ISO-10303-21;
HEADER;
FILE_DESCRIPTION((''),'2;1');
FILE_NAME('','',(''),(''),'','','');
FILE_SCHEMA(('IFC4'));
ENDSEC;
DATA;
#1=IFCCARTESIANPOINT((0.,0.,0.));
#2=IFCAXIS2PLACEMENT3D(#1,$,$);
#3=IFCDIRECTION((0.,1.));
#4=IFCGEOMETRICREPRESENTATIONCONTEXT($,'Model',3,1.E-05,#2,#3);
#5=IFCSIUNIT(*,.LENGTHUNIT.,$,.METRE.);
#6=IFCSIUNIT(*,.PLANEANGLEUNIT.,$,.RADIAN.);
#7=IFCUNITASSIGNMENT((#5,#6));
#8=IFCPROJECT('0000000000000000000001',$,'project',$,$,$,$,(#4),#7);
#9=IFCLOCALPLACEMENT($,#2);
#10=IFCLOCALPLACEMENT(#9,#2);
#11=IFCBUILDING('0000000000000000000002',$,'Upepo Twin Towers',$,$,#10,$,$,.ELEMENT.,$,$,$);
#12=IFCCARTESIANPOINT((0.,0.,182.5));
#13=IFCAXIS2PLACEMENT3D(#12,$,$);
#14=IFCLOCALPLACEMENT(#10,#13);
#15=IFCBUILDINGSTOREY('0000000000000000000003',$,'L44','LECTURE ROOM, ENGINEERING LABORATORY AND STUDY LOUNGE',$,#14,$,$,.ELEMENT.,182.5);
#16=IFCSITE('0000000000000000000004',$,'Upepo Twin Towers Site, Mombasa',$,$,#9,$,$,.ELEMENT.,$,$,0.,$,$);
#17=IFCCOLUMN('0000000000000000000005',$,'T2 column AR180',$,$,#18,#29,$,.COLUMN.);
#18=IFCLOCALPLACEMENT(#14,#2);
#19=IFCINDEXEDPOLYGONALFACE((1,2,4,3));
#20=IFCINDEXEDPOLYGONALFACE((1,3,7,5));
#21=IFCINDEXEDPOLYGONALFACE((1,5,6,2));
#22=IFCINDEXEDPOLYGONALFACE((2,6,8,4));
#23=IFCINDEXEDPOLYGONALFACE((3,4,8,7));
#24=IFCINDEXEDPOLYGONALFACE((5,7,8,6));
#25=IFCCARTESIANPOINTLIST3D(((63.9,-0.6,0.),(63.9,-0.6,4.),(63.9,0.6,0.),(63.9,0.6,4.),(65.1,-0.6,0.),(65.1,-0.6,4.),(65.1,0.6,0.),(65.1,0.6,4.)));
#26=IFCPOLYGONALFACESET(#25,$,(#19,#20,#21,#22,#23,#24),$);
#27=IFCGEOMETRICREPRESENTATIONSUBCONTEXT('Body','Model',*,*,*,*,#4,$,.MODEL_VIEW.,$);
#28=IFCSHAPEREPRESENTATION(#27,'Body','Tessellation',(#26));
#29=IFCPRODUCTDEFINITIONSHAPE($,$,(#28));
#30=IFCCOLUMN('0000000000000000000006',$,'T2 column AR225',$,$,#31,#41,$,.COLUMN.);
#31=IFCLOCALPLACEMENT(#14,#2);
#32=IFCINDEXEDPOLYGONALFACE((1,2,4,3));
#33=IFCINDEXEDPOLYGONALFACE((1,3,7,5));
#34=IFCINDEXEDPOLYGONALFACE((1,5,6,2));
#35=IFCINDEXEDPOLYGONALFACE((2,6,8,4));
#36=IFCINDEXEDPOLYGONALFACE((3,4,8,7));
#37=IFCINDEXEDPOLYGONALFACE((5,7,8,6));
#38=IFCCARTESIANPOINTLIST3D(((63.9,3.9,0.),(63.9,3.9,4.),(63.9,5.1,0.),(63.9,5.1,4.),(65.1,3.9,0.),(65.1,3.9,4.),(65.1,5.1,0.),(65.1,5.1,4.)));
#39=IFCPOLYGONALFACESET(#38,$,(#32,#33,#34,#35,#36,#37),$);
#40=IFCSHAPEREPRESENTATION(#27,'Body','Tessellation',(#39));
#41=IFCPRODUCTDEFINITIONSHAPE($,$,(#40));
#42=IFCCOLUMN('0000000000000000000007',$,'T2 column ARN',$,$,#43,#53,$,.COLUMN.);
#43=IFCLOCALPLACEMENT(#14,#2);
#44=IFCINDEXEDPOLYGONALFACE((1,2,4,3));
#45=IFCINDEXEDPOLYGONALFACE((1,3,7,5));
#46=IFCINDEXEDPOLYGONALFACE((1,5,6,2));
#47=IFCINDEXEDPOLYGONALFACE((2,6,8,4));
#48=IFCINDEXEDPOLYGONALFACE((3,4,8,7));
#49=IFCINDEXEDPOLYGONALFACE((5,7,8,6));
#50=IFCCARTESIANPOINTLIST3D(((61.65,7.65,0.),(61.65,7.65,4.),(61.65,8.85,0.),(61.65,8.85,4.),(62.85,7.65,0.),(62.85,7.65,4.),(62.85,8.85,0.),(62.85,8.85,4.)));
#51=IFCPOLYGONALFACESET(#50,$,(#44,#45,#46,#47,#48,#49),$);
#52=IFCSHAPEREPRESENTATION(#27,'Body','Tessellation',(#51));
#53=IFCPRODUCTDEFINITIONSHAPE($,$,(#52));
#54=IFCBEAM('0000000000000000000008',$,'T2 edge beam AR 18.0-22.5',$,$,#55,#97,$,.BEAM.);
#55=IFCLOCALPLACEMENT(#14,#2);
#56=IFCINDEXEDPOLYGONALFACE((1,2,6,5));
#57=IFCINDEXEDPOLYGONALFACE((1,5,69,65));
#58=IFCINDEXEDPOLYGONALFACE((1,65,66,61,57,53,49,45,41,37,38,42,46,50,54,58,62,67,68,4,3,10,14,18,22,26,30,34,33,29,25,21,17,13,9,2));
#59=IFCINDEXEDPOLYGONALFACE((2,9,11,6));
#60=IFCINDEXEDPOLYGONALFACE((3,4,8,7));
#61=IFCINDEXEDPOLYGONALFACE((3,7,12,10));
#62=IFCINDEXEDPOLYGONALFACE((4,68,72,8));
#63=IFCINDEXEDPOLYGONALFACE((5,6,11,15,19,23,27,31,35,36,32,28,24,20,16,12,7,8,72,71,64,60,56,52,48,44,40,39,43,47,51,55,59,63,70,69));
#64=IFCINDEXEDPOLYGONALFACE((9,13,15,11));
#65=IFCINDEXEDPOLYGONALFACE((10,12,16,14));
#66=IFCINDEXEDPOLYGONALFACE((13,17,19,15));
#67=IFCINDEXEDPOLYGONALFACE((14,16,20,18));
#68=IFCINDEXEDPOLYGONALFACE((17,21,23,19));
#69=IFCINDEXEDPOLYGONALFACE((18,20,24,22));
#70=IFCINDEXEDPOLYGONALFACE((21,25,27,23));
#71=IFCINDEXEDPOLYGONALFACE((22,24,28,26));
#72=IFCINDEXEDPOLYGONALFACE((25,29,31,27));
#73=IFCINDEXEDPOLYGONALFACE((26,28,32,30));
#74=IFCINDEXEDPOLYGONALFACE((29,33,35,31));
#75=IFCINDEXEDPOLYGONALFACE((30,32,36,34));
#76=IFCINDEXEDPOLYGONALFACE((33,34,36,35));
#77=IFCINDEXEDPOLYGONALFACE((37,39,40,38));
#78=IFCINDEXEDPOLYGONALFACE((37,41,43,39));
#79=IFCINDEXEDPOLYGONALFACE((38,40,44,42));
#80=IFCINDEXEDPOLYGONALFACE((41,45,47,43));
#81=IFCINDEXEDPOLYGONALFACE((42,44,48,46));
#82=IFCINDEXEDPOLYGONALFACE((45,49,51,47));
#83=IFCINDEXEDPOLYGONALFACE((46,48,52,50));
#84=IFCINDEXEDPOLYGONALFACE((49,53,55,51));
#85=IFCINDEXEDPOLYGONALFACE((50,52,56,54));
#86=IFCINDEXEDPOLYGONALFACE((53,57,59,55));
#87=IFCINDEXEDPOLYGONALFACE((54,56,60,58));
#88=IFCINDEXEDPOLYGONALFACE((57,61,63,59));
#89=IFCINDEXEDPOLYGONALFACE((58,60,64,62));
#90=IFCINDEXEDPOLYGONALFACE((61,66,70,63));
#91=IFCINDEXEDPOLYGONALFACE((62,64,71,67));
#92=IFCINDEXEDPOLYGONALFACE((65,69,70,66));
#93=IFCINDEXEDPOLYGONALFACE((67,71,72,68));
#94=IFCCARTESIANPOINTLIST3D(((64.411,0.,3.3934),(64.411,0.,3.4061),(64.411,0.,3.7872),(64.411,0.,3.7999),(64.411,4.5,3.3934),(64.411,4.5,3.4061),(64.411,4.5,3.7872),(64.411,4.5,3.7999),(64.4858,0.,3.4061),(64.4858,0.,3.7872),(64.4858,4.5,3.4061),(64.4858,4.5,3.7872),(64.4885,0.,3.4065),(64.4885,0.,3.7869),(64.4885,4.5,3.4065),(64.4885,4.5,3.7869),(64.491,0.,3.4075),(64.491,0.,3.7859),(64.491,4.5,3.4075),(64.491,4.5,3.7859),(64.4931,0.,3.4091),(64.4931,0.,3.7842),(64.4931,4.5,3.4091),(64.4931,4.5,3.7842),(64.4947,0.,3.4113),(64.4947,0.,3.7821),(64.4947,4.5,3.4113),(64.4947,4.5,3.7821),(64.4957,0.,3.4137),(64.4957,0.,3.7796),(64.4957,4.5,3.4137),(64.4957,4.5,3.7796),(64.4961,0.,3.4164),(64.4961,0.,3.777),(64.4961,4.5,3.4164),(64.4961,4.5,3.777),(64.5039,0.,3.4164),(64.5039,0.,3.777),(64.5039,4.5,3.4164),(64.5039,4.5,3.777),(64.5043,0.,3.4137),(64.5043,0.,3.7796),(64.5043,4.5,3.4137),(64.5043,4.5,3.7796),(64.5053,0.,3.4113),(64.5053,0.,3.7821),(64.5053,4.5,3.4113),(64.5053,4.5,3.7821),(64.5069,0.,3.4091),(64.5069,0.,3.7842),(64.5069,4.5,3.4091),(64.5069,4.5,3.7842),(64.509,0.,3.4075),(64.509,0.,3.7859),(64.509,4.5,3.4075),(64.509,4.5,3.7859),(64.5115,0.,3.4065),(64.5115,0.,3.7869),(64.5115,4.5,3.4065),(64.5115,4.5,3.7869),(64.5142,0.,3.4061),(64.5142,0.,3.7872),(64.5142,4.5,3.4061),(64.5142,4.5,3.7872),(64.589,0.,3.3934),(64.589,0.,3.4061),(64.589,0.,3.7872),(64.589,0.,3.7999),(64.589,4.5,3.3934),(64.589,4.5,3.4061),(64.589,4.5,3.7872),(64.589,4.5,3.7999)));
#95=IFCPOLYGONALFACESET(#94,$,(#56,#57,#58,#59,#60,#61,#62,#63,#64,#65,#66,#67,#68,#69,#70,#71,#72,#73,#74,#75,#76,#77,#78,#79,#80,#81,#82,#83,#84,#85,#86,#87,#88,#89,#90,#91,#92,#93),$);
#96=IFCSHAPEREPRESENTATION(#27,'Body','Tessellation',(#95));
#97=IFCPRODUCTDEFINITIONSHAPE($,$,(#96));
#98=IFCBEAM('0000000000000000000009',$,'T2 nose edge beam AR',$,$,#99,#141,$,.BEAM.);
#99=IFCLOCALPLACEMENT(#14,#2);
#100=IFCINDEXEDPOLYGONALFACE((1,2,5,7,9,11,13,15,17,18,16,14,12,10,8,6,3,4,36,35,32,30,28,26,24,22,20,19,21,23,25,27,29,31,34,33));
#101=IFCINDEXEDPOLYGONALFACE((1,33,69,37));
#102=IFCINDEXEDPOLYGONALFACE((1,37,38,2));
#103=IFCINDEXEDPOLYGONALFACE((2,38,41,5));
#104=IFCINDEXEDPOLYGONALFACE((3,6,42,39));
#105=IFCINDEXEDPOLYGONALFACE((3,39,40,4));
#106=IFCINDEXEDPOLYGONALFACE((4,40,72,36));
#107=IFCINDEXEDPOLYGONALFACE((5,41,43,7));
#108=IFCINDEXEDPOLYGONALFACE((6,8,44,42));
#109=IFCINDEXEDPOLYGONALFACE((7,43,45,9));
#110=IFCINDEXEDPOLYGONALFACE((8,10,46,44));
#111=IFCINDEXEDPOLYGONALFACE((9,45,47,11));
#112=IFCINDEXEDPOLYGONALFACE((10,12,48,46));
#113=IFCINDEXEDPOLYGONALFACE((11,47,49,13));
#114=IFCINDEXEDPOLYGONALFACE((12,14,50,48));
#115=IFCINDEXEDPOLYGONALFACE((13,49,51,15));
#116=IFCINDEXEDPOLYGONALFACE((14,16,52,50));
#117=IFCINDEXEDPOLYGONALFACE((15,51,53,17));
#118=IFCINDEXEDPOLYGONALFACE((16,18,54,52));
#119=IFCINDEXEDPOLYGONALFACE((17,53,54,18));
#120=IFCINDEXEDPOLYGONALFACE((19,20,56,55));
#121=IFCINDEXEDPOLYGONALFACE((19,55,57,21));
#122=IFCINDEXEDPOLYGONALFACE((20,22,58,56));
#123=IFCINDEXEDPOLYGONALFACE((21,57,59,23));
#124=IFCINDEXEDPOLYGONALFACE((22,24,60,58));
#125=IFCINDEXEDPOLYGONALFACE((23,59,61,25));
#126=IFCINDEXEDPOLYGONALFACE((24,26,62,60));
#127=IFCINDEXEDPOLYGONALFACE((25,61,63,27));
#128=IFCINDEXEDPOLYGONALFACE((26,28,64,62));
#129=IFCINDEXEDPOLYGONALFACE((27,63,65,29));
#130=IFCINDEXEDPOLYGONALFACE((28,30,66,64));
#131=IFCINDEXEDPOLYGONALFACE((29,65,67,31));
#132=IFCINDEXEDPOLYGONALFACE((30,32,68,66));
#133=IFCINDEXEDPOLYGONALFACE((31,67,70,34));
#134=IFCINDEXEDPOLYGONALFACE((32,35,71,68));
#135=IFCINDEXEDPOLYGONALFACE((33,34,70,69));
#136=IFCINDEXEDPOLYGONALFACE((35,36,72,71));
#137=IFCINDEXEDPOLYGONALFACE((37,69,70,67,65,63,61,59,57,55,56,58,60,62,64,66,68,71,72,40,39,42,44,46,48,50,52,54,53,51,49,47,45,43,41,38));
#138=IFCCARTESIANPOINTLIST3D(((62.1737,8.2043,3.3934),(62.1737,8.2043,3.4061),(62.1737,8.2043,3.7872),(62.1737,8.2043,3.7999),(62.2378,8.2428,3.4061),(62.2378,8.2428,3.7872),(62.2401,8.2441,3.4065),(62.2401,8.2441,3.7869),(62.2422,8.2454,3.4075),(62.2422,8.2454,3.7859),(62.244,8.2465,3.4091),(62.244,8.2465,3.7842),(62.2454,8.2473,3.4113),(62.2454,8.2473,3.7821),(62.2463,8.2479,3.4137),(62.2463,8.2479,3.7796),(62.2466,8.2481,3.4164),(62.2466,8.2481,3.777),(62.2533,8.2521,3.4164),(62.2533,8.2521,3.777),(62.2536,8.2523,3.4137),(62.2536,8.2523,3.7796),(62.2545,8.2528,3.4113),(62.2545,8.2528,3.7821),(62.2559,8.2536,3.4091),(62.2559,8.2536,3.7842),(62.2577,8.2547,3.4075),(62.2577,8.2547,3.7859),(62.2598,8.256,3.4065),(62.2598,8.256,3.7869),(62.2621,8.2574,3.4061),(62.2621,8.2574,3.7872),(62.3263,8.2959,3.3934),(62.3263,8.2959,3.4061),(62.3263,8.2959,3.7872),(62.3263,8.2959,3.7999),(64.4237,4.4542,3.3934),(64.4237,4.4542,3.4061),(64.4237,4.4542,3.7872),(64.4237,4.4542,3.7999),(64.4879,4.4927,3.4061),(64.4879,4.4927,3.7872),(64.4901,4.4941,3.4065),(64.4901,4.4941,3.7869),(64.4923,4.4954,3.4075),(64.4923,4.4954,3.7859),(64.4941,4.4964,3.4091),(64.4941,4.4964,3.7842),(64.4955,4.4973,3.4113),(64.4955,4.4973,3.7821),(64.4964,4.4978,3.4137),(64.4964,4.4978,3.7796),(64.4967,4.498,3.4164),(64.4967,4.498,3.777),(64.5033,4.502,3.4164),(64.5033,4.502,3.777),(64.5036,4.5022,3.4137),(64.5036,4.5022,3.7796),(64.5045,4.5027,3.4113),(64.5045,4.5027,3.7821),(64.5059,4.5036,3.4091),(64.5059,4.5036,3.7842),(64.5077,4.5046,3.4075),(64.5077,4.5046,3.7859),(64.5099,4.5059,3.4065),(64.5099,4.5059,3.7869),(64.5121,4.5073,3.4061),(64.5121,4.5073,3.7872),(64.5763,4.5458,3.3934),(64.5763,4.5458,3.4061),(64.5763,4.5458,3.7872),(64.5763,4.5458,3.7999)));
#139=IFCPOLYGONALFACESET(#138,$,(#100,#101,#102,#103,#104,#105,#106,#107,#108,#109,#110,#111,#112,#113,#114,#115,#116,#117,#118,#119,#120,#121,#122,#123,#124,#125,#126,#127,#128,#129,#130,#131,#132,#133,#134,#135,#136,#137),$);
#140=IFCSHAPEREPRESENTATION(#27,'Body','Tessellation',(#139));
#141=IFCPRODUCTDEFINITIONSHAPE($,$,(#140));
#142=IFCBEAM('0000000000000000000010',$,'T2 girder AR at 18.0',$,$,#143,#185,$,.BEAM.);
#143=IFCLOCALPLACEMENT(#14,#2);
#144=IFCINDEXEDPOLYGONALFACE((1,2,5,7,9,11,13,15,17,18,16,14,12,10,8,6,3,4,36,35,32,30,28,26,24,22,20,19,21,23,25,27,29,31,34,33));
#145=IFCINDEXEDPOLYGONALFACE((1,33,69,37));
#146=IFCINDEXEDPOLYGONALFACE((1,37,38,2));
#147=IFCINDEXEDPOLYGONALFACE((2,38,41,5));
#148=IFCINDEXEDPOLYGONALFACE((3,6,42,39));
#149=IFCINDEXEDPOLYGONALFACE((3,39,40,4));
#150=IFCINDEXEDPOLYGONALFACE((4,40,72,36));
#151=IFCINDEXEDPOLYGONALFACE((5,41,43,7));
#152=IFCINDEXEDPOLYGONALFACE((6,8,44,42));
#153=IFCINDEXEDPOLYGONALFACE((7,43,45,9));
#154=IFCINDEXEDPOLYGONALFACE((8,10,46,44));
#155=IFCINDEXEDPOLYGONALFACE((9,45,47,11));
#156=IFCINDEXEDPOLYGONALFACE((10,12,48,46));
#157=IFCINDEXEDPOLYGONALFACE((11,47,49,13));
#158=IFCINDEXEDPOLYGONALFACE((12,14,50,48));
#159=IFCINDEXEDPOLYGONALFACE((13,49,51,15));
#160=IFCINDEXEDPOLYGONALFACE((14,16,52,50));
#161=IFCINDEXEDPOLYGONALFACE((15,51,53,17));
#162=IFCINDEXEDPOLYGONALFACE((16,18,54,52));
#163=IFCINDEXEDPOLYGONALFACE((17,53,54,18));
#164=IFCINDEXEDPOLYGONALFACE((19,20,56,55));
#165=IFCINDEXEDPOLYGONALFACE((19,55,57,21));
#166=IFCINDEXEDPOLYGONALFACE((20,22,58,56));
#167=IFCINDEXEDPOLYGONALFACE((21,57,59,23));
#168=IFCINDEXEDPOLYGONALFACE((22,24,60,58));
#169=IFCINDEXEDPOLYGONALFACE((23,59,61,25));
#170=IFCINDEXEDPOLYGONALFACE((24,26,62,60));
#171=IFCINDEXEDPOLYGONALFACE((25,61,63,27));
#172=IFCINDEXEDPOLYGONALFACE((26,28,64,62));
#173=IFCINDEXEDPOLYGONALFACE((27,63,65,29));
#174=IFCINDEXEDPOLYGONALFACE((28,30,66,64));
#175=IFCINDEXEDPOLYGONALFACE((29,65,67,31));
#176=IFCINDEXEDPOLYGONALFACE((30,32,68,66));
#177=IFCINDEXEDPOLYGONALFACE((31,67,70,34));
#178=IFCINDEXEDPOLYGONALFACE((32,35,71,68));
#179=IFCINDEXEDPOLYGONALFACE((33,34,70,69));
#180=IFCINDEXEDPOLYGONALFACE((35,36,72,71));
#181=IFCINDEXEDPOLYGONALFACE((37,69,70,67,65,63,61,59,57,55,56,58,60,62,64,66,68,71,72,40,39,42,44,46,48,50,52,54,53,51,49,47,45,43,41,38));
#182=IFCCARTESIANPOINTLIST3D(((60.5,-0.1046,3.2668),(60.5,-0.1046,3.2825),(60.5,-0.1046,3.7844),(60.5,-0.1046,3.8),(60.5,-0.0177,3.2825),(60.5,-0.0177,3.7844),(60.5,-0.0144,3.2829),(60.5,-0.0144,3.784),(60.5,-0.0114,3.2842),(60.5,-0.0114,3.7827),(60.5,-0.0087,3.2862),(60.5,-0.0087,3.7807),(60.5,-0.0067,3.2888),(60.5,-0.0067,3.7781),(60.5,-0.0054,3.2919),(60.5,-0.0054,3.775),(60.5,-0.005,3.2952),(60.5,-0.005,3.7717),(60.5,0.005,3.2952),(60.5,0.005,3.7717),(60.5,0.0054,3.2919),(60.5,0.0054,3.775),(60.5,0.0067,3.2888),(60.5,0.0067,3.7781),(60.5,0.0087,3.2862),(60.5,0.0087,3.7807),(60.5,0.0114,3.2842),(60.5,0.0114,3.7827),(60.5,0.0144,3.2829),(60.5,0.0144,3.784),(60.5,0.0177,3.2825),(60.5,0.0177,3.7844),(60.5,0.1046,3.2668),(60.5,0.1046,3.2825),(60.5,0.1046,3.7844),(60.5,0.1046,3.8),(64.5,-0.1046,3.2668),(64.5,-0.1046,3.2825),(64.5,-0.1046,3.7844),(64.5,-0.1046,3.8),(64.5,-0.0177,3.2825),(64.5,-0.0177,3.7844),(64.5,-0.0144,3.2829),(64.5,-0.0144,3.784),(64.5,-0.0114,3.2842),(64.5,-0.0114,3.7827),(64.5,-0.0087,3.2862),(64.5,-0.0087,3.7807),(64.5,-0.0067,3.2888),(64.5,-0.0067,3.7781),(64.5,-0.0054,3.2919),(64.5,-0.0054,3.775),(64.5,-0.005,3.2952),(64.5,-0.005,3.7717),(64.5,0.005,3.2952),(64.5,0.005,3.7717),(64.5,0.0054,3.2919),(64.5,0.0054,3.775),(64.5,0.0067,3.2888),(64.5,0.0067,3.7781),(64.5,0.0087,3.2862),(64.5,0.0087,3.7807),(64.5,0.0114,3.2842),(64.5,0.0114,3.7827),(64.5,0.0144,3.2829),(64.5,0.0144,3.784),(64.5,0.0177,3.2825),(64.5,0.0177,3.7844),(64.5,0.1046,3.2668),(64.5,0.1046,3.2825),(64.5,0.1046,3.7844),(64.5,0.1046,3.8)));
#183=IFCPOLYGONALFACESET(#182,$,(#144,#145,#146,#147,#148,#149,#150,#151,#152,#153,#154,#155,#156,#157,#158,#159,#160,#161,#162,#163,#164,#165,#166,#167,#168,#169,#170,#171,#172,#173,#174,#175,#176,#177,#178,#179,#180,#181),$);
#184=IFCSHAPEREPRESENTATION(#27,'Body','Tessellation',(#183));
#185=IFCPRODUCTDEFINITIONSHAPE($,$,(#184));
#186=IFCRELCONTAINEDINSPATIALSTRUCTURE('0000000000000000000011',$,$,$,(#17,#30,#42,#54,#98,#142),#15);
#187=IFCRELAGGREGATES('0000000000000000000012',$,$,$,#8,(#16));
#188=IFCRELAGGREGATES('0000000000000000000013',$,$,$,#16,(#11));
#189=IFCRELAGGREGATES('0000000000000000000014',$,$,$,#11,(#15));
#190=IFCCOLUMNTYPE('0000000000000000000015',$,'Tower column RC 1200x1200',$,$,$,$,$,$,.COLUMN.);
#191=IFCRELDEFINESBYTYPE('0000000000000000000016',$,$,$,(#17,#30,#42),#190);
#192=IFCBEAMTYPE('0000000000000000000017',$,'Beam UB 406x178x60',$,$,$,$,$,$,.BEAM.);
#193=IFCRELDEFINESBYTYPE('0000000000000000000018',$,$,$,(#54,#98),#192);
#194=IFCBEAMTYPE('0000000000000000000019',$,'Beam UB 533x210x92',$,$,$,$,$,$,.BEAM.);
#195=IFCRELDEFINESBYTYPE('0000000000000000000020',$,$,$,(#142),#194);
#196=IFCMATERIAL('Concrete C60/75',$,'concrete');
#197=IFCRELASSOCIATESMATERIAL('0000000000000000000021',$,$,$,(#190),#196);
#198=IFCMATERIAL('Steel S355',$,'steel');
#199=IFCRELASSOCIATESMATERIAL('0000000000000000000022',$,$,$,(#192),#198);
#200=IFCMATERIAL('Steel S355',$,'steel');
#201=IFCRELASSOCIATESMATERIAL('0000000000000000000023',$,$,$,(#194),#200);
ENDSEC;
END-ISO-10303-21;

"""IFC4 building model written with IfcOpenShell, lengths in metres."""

from ifc_helpers import new_model, si_unit, direction, frame, origin, origin_2d, place, context, subcontext, project, spatial, rectangle, i_section, extrude, material, material_profile, profile_set, type_object, element, save


model = new_model("IFC4")

# Units and contexts
model_context = context("Model", 3, precision=1e-05, world=origin(), true_north=direction((0.0, 1.0)))
body_context = subcontext(model_context, "Body", "Model", "MODEL_VIEW")
ifc_project = project(units=[si_unit("LENGTHUNIT", "METRE"), si_unit("PLANEANGLEUNIT", "RADIAN")], contexts=[model_context])

# Site, building, storey
site_placement = place(None, origin())
site = spatial("IfcSite", under=ifc_project, at=site_placement, Name="Upepo Twin Towers Site, Mombasa", CompositionType="ELEMENT", RefElevation=0.0)
building_placement = place(site_placement, origin())
building = spatial("IfcBuilding", under=site, at=building_placement, Name="Upepo Twin Towers", CompositionType="ELEMENT")
storey_placement = place(building_placement, frame((0.0, 0.0, 182.5)))
storey = spatial("IfcBuildingStorey", under=building, at=storey_placement, Name="L44", Description="LECTURE ROOM, ENGINEERING LABORATORY AND STUDY LOUNGE", CompositionType="ELEMENT", Elevation=182.5)

# Columns
ifc_material_1 = material(Name="Concrete C60/75", Category="concrete")
ifc_material_profile_1 = material_profile(ifc_material_1, rectangle(XDim=1.2, YDim=1.2, at=origin_2d()), Name="RC 1200x1200")
ifc_profile_set_1 = profile_set([ifc_material_profile_1], Name="Concrete C60/75")
column_type = type_object("IfcColumnType", Name="Tower column RC 1200x1200", PredefinedType="COLUMN", material=ifc_profile_set_1)
for number, where, z_axis, x_axis, name in (
    (1, (64.5, 0.0, 0.0), (0.0, 0.0, 1.0), (1.0, 0.0, 0.0), "T2 column AR180"),
    (2, (64.5, 4.5, 0.0), (0.0, 0.0, 1.0), (1.0, 0.0, 0.0), "T2 column AR225"),
    (3, (62.25, 8.25, 0.0), (0.0, 0.0, 1.0), (1.0, 0.0, 0.0), "T2 column ARN"),
):
    element("IfcColumn", number, at=place(storey_placement, frame(where, z_axis=z_axis, x_axis=x_axis)), inside=storey, type_object=column_type, Name=name, PredefinedType="COLUMN", context=body_context, shape_type="SweptSolid", body=[
        extrude(rectangle(XDim=1.2, YDim=1.2, at=origin_2d()), origin(), (0.0, 0.0, 1.0), 4.0),
    ])

# Beams
ifc_material_2 = material(Name="Steel S355", Category="steel")
ifc_material_profile_2 = material_profile(ifc_material_2, i_section(OverallWidth=0.178, OverallDepth=0.4065, WebThickness=0.0078, FlangeThickness=0.0127, FilletRadius=0.0103, at=origin_2d()), Name="UB 406x178x60")
ifc_profile_set_2 = profile_set([ifc_material_profile_2], Name="Steel S355")
beam_type_1 = type_object("IfcBeamType", Name="Beam UB 406x178x60", PredefinedType="BEAM", material=ifc_profile_set_2)
beam_1_placement = place(storey_placement, frame((64.5, 0.0, 3.5967), z_axis=(0.0, 1.0, 0.0), x_axis=(-1.0, 0.0, 0.0)))
element("IfcBeam", 4, at=beam_1_placement, inside=storey, type_object=beam_type_1, Name="T2 edge beam AR 18.0-22.5", PredefinedType="BEAM", context=body_context, shape_type="SweptSolid", body=[
    extrude(i_section(OverallWidth=0.178, OverallDepth=0.4065, WebThickness=0.0078, FlangeThickness=0.0127, FilletRadius=0.0103, at=origin_2d()), origin(), (0.0, 0.0, 1.0), 4.5),
])
beam_2_placement = place(storey_placement, frame((64.5, 4.5, 3.5967), z_axis=(-0.514496, 0.857493, 0.0), x_axis=(-0.857493, -0.514496, 0.0)))
element("IfcBeam", 5, at=beam_2_placement, inside=storey, type_object=beam_type_1, Name="T2 nose edge beam AR", PredefinedType="BEAM", context=body_context, shape_type="SweptSolid", body=[
    extrude(i_section(OverallWidth=0.178, OverallDepth=0.4065, WebThickness=0.0078, FlangeThickness=0.0127, FilletRadius=0.0103, at=origin_2d()), origin(), (0.0, 0.0, 1.0), 4.3733),
])
ifc_material_3 = material(Name="Steel S355", Category="steel")
ifc_material_profile_3 = material_profile(ifc_material_3, i_section(OverallWidth=0.2092, OverallDepth=0.5332, WebThickness=0.01, FlangeThickness=0.0156, FilletRadius=0.0127, at=origin_2d()), Name="UB 533x210x92")
ifc_profile_set_3 = profile_set([ifc_material_profile_3], Name="Steel S355")
beam_type_2 = type_object("IfcBeamType", Name="Beam UB 533x210x92", PredefinedType="BEAM", material=ifc_profile_set_3)
for number, where, z_axis, x_axis, name in (
    (6, (64.5, 0.0, 3.5334), (-1.0, 0.0, 0.0), (0.0, -1.0, 0.0), "T2 girder AR at 18.0"),
):
    element("IfcBeam", number, at=place(storey_placement, frame(where, z_axis=z_axis, x_axis=x_axis)), inside=storey, type_object=beam_type_2, Name=name, PredefinedType="BEAM", context=body_context, shape_type="SweptSolid", body=[
        extrude(i_section(OverallWidth=0.2092, OverallDepth=0.5332, WebThickness=0.01, FlangeThickness=0.0156, FilletRadius=0.0127, at=origin_2d()), origin(), (0.0, 0.0, 1.0), 4.0),
    ])

save(model, "model.ifc")
